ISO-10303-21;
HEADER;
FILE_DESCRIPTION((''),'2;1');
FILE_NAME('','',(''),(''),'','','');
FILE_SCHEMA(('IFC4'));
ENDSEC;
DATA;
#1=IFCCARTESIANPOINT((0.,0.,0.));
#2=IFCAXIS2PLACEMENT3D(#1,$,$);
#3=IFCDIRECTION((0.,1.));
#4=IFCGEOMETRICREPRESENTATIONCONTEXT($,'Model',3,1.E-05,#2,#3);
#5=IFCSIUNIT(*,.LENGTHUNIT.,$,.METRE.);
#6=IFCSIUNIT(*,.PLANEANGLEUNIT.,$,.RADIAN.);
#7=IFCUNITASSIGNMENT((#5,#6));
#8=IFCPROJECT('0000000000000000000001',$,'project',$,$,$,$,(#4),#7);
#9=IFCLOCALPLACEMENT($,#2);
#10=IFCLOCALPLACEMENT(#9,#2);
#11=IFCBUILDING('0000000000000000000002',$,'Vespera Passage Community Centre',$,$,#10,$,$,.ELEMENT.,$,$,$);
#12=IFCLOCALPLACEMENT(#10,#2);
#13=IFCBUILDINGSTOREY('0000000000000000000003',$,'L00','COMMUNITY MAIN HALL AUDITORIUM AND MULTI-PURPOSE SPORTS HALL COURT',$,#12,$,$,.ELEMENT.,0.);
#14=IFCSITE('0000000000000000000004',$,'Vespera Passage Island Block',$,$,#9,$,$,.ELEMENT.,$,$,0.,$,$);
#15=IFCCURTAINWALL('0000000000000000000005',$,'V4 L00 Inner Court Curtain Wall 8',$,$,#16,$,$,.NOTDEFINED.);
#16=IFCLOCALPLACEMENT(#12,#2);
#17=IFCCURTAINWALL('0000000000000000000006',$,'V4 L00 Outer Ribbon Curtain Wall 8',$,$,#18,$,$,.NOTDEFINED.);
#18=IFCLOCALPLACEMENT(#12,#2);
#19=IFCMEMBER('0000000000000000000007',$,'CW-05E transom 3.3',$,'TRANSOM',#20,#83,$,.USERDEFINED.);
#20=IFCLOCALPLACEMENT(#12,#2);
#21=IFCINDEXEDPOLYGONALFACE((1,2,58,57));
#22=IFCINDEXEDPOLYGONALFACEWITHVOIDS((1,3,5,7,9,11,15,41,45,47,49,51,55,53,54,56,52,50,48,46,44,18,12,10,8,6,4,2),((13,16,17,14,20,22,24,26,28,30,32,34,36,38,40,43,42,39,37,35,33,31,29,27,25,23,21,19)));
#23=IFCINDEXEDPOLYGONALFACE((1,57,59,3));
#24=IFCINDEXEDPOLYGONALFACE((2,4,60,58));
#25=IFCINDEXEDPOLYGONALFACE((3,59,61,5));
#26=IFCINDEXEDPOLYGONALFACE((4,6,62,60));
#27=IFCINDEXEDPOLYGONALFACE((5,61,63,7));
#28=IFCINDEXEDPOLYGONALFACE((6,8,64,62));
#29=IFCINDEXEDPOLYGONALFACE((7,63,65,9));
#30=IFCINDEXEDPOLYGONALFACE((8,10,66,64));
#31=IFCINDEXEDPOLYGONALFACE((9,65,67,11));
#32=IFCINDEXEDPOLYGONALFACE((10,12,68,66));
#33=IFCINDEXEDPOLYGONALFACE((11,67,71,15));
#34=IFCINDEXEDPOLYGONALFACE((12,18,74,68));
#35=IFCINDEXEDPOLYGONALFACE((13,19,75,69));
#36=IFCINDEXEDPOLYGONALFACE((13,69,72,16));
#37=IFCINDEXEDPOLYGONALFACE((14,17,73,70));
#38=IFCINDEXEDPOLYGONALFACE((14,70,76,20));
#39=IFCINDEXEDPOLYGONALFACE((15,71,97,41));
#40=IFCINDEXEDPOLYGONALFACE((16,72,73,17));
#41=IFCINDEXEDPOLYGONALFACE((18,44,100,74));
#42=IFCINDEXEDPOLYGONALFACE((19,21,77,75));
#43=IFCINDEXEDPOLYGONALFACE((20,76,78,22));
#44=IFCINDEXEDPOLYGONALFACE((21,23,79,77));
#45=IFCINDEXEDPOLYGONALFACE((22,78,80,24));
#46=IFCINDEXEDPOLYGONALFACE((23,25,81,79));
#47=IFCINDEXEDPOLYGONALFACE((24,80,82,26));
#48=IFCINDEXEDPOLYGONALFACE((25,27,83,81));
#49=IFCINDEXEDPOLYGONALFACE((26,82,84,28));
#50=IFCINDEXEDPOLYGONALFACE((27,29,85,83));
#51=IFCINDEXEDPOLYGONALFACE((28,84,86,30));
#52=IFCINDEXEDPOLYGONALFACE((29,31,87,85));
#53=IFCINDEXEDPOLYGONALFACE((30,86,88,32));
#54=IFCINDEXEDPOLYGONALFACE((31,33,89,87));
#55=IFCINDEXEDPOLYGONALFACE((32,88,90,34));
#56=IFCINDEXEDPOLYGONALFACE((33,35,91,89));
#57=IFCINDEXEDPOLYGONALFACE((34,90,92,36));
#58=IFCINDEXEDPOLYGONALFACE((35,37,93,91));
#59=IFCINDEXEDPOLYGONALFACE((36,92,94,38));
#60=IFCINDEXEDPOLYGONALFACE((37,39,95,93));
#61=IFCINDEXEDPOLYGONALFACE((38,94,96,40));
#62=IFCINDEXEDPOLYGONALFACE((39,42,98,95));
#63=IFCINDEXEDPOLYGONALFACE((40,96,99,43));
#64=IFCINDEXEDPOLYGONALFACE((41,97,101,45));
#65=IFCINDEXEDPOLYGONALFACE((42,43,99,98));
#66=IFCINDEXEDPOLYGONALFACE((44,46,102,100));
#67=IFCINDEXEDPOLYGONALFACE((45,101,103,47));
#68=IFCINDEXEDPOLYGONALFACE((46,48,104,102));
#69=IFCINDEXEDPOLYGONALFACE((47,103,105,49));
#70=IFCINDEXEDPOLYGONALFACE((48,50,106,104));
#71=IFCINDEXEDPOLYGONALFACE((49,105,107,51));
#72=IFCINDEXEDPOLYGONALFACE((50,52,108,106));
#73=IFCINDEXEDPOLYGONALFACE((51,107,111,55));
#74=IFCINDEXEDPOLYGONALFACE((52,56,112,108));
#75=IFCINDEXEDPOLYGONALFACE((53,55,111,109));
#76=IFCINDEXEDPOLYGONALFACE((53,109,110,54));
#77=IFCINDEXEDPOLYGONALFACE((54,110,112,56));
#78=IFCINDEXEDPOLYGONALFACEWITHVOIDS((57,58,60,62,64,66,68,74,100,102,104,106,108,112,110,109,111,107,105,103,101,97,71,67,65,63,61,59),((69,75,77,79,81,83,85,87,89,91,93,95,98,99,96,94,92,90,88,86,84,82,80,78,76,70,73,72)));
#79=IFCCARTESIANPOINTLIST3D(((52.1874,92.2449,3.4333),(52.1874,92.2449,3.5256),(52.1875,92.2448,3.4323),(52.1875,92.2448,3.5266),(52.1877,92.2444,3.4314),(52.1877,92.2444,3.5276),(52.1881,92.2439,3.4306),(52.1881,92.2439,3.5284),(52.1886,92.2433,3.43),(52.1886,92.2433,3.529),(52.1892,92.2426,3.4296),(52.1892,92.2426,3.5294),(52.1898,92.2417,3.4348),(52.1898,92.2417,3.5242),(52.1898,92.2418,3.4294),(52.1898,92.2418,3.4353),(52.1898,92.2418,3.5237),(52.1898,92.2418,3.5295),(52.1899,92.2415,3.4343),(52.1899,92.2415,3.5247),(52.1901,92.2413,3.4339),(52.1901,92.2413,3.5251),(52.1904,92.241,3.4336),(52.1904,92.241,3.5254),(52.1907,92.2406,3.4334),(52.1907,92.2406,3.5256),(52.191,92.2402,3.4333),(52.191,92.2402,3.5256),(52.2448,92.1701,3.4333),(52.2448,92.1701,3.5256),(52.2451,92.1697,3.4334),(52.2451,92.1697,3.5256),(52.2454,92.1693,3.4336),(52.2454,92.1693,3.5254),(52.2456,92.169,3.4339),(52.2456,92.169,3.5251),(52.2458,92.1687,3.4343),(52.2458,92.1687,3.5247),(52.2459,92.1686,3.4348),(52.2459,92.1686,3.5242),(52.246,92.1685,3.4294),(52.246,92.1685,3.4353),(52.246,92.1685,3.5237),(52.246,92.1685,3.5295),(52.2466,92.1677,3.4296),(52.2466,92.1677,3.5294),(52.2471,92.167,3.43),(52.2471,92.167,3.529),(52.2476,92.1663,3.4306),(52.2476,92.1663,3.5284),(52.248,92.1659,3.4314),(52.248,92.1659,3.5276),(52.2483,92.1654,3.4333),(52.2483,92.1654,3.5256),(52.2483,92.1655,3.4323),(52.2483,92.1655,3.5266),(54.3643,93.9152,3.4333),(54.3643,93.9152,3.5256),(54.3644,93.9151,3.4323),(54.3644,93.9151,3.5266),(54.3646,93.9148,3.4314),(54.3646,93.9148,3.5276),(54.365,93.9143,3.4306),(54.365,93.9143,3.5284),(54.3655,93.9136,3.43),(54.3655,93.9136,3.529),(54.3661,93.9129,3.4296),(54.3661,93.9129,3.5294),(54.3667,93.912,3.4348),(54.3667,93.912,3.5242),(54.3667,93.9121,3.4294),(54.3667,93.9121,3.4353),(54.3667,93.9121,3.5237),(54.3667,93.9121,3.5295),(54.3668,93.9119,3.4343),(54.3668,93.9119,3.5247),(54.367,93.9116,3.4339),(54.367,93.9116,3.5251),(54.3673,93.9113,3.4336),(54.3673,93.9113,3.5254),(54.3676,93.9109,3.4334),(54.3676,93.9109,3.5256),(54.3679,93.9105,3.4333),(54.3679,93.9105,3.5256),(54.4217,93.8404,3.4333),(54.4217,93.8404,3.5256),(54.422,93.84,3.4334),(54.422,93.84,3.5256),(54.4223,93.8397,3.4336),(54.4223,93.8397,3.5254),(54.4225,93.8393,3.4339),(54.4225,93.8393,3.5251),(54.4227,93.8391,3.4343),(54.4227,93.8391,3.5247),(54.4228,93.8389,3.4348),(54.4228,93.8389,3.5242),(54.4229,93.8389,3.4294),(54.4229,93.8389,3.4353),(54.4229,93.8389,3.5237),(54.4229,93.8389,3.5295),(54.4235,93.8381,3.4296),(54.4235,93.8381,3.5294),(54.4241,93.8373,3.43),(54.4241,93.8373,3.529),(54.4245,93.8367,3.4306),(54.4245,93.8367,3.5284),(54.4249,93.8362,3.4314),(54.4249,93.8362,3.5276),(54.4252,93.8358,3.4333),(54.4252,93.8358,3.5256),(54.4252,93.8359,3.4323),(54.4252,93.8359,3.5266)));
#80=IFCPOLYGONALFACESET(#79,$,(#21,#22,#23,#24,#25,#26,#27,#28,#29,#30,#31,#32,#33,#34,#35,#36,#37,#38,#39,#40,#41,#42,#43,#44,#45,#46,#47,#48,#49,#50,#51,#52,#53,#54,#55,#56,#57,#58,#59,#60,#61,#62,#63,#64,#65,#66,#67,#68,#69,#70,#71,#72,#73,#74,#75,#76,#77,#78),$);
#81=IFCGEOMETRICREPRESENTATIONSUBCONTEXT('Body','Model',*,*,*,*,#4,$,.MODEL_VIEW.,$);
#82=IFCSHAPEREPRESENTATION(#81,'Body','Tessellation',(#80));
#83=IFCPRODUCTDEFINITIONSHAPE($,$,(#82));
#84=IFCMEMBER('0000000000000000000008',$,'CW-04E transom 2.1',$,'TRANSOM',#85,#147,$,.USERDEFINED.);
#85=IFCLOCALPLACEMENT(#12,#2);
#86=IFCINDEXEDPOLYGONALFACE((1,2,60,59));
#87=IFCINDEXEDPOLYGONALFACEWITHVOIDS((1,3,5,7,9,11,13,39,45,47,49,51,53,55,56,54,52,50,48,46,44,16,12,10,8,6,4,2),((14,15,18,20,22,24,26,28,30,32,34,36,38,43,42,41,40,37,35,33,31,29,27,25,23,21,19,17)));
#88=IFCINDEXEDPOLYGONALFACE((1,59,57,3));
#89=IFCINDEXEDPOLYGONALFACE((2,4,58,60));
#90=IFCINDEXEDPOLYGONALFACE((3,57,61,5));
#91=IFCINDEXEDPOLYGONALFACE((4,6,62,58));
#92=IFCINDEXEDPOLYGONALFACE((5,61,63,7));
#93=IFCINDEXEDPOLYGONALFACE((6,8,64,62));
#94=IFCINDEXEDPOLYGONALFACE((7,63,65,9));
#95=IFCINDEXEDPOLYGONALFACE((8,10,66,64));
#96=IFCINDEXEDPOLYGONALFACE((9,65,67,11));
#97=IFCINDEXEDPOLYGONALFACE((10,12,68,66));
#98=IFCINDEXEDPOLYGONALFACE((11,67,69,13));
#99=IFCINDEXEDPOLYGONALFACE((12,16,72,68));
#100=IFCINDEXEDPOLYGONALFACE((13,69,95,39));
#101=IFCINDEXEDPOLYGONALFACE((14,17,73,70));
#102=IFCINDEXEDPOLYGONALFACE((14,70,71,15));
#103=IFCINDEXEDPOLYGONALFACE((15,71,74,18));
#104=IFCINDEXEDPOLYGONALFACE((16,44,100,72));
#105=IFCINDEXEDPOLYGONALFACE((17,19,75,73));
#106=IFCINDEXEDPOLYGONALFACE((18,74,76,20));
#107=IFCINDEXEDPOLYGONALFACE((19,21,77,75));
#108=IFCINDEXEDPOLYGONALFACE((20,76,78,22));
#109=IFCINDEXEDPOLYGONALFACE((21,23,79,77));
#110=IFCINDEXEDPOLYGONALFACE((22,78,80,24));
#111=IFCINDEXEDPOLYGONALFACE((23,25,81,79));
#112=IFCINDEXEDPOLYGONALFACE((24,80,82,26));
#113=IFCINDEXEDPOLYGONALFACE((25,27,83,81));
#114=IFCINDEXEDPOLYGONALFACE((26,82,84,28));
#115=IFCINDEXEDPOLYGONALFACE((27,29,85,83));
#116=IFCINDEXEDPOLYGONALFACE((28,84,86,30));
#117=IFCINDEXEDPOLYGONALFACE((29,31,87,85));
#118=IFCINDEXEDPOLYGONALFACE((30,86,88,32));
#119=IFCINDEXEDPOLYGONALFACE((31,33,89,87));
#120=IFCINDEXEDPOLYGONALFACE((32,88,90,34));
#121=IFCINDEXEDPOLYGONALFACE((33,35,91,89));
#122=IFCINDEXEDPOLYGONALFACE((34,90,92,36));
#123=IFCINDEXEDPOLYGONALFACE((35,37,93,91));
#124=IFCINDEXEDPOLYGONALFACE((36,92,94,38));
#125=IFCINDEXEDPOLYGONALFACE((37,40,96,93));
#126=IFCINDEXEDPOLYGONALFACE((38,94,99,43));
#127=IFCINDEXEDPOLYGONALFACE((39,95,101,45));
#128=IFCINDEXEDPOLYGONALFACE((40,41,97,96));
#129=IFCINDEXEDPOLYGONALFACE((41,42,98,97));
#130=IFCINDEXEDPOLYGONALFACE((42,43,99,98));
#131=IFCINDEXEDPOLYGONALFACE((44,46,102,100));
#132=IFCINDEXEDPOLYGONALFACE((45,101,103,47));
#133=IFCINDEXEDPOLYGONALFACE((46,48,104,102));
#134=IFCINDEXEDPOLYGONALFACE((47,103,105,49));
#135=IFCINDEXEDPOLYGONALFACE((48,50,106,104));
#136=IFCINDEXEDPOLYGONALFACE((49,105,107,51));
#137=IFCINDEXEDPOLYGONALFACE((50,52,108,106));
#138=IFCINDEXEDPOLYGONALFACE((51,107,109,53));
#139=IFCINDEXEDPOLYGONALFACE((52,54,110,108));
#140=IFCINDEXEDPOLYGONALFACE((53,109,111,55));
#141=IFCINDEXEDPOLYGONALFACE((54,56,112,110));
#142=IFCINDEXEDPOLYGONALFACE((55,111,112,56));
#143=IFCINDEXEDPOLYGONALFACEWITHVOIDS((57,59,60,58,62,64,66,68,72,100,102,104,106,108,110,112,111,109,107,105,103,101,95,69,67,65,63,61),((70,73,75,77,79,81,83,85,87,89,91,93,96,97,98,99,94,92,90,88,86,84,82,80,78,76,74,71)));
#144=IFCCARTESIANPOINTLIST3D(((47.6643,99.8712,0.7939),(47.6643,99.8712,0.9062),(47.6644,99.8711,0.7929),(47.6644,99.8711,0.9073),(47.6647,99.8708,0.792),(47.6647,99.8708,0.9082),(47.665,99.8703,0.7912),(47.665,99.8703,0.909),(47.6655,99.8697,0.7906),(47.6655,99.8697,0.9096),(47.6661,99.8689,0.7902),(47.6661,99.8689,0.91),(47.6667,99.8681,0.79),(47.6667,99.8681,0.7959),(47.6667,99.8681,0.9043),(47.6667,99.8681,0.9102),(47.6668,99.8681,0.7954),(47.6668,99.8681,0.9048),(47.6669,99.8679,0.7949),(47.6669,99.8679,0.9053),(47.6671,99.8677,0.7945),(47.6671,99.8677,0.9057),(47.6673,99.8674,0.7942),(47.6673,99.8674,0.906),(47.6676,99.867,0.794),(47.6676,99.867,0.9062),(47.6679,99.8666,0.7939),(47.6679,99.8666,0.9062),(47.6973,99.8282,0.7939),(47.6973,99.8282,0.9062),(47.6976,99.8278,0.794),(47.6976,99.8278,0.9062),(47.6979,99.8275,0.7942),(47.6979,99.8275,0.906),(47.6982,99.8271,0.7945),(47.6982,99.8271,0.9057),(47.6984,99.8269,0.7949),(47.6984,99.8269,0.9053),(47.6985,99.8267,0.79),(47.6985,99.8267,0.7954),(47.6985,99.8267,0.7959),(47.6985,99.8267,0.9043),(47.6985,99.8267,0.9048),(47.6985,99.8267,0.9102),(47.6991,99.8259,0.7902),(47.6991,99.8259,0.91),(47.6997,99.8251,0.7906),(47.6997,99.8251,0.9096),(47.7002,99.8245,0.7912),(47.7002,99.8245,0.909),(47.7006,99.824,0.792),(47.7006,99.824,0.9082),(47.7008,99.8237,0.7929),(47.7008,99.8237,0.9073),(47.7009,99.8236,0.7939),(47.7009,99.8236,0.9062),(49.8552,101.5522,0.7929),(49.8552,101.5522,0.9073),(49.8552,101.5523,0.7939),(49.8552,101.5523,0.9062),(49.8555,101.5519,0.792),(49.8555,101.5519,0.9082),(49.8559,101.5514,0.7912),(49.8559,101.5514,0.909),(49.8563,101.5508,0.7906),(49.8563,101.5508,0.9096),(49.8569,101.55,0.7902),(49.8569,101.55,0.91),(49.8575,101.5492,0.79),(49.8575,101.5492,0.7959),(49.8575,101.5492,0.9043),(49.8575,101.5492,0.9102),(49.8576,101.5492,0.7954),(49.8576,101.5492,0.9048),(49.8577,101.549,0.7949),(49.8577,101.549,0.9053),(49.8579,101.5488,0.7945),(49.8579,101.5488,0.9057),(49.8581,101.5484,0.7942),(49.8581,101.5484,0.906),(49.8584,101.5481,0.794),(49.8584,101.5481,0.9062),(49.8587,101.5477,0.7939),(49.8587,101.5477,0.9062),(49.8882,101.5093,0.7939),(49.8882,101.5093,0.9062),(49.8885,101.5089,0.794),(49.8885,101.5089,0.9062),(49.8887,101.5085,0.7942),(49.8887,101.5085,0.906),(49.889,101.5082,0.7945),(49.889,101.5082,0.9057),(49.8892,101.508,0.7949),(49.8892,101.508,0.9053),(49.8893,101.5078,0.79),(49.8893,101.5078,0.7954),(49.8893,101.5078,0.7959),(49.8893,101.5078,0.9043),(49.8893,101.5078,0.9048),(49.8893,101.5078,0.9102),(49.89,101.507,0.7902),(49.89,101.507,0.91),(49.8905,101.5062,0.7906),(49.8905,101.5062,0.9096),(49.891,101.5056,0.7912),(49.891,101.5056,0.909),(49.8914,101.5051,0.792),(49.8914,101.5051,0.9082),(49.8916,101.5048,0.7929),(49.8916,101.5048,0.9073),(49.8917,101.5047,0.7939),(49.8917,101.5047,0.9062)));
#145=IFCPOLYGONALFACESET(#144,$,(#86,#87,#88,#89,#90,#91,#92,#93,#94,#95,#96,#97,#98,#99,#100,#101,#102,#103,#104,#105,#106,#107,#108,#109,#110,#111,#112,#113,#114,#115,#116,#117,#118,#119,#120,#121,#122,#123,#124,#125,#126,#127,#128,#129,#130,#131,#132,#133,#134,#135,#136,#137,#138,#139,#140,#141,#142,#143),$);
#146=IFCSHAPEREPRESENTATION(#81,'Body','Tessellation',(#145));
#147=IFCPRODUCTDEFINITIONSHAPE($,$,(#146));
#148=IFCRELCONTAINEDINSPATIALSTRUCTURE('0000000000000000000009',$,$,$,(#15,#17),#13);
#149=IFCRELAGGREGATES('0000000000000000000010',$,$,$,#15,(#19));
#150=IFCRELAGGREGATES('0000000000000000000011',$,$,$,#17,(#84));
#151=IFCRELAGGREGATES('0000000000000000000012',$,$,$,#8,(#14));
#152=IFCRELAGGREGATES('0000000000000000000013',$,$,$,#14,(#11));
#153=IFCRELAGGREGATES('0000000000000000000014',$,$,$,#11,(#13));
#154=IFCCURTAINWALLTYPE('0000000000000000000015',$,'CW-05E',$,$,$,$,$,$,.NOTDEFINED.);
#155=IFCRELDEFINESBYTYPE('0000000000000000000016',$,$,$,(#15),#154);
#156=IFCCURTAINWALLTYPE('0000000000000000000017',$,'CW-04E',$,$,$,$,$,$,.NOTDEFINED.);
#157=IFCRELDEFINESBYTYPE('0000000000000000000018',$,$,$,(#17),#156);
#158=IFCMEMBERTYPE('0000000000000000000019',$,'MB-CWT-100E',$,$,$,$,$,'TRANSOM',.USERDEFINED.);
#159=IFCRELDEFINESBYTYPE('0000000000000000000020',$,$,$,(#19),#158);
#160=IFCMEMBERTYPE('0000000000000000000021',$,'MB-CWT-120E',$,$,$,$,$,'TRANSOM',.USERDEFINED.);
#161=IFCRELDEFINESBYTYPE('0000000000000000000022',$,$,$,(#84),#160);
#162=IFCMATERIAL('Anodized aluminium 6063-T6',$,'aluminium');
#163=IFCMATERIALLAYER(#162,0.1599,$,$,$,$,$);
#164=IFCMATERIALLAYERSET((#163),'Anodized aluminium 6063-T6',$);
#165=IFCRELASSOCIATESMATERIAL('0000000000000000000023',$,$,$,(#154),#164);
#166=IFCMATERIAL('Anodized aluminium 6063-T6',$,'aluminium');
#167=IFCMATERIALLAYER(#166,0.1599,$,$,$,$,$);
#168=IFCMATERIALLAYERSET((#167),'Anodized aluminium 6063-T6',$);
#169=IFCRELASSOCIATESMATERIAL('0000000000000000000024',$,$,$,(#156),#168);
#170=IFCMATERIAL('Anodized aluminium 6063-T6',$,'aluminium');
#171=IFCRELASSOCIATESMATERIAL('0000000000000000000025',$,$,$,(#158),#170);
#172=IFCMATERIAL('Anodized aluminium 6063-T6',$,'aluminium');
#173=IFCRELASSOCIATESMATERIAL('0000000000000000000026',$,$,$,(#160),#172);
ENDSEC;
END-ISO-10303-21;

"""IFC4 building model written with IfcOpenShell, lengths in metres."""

from ifc_helpers import new_model, si_unit, direction, frame, origin, origin_2d, place, context, subcontext, project, spatial, hollow_rectangle, extrude, material, layer, layer_set, material_profile, profile_set, type_object, element, aggregate, save


model = new_model("IFC4")

# Units and contexts
model_context = context("Model", 3, precision=1e-05, world=origin(), true_north=direction((0.0, 1.0)))
body_context = subcontext(model_context, "Body", "Model", "MODEL_VIEW")
ifc_project = project(units=[si_unit("LENGTHUNIT", "METRE"), si_unit("PLANEANGLEUNIT", "RADIAN")], contexts=[model_context])

# Site, building, storey
site_placement = place(None, origin())
site = spatial("IfcSite", under=ifc_project, at=site_placement, Name="Vespera Passage Island Block", CompositionType="ELEMENT", RefElevation=0.0)
building_placement = place(site_placement, origin())
building = spatial("IfcBuilding", under=site, at=building_placement, Name="Vespera Passage Community Centre", CompositionType="ELEMENT")
storey_placement = place(building_placement, origin())
storey = spatial("IfcBuildingStorey", under=building, at=storey_placement, Name="L00", Description="COMMUNITY MAIN HALL AUDITORIUM AND MULTI-PURPOSE SPORTS HALL COURT", CompositionType="ELEMENT", Elevation=0.0)

# Curtain wall
ifc_material_1 = material(Name="Anodized aluminium 6063-T6", Category="aluminium")
ifc_layer_1 = layer(ifc_material_1, 0.1599)
ifc_layer_set_1 = layer_set([ifc_layer_1], Name="Anodized aluminium 6063-T6")
curtain_wall_type_1 = type_object("IfcCurtainWallType", Name="CW-05E", PredefinedType="NOTDEFINED", material=ifc_layer_set_1)
curtain_wall_1_placement = place(storey_placement, origin())
curtain_wall_1 = element("IfcCurtainWall", 1, at=curtain_wall_1_placement, inside=storey, type_object=curtain_wall_type_1, Name="V4 L00 Inner Court Curtain Wall 8", PredefinedType="NOTDEFINED")

# Curtain wall
ifc_material_2 = material(Name="Anodized aluminium 6063-T6", Category="aluminium")
ifc_layer_2 = layer(ifc_material_2, 0.1599)
ifc_layer_set_2 = layer_set([ifc_layer_2], Name="Anodized aluminium 6063-T6")
curtain_wall_type_2 = type_object("IfcCurtainWallType", Name="CW-04E", PredefinedType="NOTDEFINED", material=ifc_layer_set_2)
curtain_wall_2_placement = place(storey_placement, origin())
curtain_wall_2 = element("IfcCurtainWall", 2, at=curtain_wall_2_placement, inside=storey, type_object=curtain_wall_type_2, Name="V4 L00 Outer Ribbon Curtain Wall 8", PredefinedType="NOTDEFINED")

# Members
ifc_material_3 = material(Name="Anodized aluminium 6063-T6", Category="aluminium")
ifc_material_profile_1 = material_profile(ifc_material_3, hollow_rectangle(XDim=0.1001, YDim=0.1001, WallThickness=0.0039, InnerFilletRadius=0.002, OuterFilletRadius=0.0039, at=origin_2d()), Name="ALU100X100X4")
ifc_profile_set_1 = profile_set([ifc_material_profile_1], Name="Anodized aluminium 6063-T6")
member_type_1 = type_object("IfcMemberType", Name="MB-CWT-100E", ElementType="TRANSOM", PredefinedType="USERDEFINED", material=ifc_profile_set_1)
member_1_placement = place(storey_placement, frame((54.3948, 93.8755, 3.4795), z_axis=(-0.793364, -0.608747, 0.0), x_axis=(0.608747, -0.793364, 0.0)))
member_1 = element("IfcMember", 3, at=member_1_placement, type_object=member_type_1, Name="CW-05E transom 3.3", ObjectType="TRANSOM", PredefinedType="USERDEFINED", context=body_context, shape_type="SweptSolid", body=[
    extrude(hollow_rectangle(XDim=0.1001, YDim=0.1001, WallThickness=0.0039, InnerFilletRadius=0.002, OuterFilletRadius=0.0039, at=origin_2d()), origin(), (0.0, 0.0, 1.0), 2.7439),
])
aggregate(curtain_wall_1, [member_1])
ifc_material_4 = material(Name="Anodized aluminium 6063-T6", Category="aluminium")
ifc_material_profile_2 = material_profile(ifc_material_4, hollow_rectangle(XDim=0.0601, YDim=0.1201, WallThickness=0.0039, InnerFilletRadius=0.002, OuterFilletRadius=0.0039, at=origin_2d()), Name="ALU120X60X4")
ifc_profile_set_2 = profile_set([ifc_material_profile_2], Name="Anodized aluminium 6063-T6")
member_type_2 = type_object("IfcMemberType", Name="MB-CWT-120E", ElementType="TRANSOM", PredefinedType="USERDEFINED", material=ifc_profile_set_2)
member_2_placement = place(storey_placement, frame((47.6826, 99.8474, 0.8501), z_axis=(0.793353, 0.608762, 0.0), x_axis=(-0.608762, 0.793353, 0.0)))
member_2 = element("IfcMember", 4, at=member_2_placement, type_object=member_type_2, Name="CW-04E transom 2.1", ObjectType="TRANSOM", PredefinedType="USERDEFINED", context=body_context, shape_type="SweptSolid", body=[
    extrude(hollow_rectangle(XDim=0.0601, YDim=0.1201, WallThickness=0.0039, InnerFilletRadius=0.002, OuterFilletRadius=0.0039, at=origin_2d()), origin(), (0.0, 0.0, 1.0), 2.7615),
])

aggregate(curtain_wall_2, [member_2])

save(model, "model.ifc")
